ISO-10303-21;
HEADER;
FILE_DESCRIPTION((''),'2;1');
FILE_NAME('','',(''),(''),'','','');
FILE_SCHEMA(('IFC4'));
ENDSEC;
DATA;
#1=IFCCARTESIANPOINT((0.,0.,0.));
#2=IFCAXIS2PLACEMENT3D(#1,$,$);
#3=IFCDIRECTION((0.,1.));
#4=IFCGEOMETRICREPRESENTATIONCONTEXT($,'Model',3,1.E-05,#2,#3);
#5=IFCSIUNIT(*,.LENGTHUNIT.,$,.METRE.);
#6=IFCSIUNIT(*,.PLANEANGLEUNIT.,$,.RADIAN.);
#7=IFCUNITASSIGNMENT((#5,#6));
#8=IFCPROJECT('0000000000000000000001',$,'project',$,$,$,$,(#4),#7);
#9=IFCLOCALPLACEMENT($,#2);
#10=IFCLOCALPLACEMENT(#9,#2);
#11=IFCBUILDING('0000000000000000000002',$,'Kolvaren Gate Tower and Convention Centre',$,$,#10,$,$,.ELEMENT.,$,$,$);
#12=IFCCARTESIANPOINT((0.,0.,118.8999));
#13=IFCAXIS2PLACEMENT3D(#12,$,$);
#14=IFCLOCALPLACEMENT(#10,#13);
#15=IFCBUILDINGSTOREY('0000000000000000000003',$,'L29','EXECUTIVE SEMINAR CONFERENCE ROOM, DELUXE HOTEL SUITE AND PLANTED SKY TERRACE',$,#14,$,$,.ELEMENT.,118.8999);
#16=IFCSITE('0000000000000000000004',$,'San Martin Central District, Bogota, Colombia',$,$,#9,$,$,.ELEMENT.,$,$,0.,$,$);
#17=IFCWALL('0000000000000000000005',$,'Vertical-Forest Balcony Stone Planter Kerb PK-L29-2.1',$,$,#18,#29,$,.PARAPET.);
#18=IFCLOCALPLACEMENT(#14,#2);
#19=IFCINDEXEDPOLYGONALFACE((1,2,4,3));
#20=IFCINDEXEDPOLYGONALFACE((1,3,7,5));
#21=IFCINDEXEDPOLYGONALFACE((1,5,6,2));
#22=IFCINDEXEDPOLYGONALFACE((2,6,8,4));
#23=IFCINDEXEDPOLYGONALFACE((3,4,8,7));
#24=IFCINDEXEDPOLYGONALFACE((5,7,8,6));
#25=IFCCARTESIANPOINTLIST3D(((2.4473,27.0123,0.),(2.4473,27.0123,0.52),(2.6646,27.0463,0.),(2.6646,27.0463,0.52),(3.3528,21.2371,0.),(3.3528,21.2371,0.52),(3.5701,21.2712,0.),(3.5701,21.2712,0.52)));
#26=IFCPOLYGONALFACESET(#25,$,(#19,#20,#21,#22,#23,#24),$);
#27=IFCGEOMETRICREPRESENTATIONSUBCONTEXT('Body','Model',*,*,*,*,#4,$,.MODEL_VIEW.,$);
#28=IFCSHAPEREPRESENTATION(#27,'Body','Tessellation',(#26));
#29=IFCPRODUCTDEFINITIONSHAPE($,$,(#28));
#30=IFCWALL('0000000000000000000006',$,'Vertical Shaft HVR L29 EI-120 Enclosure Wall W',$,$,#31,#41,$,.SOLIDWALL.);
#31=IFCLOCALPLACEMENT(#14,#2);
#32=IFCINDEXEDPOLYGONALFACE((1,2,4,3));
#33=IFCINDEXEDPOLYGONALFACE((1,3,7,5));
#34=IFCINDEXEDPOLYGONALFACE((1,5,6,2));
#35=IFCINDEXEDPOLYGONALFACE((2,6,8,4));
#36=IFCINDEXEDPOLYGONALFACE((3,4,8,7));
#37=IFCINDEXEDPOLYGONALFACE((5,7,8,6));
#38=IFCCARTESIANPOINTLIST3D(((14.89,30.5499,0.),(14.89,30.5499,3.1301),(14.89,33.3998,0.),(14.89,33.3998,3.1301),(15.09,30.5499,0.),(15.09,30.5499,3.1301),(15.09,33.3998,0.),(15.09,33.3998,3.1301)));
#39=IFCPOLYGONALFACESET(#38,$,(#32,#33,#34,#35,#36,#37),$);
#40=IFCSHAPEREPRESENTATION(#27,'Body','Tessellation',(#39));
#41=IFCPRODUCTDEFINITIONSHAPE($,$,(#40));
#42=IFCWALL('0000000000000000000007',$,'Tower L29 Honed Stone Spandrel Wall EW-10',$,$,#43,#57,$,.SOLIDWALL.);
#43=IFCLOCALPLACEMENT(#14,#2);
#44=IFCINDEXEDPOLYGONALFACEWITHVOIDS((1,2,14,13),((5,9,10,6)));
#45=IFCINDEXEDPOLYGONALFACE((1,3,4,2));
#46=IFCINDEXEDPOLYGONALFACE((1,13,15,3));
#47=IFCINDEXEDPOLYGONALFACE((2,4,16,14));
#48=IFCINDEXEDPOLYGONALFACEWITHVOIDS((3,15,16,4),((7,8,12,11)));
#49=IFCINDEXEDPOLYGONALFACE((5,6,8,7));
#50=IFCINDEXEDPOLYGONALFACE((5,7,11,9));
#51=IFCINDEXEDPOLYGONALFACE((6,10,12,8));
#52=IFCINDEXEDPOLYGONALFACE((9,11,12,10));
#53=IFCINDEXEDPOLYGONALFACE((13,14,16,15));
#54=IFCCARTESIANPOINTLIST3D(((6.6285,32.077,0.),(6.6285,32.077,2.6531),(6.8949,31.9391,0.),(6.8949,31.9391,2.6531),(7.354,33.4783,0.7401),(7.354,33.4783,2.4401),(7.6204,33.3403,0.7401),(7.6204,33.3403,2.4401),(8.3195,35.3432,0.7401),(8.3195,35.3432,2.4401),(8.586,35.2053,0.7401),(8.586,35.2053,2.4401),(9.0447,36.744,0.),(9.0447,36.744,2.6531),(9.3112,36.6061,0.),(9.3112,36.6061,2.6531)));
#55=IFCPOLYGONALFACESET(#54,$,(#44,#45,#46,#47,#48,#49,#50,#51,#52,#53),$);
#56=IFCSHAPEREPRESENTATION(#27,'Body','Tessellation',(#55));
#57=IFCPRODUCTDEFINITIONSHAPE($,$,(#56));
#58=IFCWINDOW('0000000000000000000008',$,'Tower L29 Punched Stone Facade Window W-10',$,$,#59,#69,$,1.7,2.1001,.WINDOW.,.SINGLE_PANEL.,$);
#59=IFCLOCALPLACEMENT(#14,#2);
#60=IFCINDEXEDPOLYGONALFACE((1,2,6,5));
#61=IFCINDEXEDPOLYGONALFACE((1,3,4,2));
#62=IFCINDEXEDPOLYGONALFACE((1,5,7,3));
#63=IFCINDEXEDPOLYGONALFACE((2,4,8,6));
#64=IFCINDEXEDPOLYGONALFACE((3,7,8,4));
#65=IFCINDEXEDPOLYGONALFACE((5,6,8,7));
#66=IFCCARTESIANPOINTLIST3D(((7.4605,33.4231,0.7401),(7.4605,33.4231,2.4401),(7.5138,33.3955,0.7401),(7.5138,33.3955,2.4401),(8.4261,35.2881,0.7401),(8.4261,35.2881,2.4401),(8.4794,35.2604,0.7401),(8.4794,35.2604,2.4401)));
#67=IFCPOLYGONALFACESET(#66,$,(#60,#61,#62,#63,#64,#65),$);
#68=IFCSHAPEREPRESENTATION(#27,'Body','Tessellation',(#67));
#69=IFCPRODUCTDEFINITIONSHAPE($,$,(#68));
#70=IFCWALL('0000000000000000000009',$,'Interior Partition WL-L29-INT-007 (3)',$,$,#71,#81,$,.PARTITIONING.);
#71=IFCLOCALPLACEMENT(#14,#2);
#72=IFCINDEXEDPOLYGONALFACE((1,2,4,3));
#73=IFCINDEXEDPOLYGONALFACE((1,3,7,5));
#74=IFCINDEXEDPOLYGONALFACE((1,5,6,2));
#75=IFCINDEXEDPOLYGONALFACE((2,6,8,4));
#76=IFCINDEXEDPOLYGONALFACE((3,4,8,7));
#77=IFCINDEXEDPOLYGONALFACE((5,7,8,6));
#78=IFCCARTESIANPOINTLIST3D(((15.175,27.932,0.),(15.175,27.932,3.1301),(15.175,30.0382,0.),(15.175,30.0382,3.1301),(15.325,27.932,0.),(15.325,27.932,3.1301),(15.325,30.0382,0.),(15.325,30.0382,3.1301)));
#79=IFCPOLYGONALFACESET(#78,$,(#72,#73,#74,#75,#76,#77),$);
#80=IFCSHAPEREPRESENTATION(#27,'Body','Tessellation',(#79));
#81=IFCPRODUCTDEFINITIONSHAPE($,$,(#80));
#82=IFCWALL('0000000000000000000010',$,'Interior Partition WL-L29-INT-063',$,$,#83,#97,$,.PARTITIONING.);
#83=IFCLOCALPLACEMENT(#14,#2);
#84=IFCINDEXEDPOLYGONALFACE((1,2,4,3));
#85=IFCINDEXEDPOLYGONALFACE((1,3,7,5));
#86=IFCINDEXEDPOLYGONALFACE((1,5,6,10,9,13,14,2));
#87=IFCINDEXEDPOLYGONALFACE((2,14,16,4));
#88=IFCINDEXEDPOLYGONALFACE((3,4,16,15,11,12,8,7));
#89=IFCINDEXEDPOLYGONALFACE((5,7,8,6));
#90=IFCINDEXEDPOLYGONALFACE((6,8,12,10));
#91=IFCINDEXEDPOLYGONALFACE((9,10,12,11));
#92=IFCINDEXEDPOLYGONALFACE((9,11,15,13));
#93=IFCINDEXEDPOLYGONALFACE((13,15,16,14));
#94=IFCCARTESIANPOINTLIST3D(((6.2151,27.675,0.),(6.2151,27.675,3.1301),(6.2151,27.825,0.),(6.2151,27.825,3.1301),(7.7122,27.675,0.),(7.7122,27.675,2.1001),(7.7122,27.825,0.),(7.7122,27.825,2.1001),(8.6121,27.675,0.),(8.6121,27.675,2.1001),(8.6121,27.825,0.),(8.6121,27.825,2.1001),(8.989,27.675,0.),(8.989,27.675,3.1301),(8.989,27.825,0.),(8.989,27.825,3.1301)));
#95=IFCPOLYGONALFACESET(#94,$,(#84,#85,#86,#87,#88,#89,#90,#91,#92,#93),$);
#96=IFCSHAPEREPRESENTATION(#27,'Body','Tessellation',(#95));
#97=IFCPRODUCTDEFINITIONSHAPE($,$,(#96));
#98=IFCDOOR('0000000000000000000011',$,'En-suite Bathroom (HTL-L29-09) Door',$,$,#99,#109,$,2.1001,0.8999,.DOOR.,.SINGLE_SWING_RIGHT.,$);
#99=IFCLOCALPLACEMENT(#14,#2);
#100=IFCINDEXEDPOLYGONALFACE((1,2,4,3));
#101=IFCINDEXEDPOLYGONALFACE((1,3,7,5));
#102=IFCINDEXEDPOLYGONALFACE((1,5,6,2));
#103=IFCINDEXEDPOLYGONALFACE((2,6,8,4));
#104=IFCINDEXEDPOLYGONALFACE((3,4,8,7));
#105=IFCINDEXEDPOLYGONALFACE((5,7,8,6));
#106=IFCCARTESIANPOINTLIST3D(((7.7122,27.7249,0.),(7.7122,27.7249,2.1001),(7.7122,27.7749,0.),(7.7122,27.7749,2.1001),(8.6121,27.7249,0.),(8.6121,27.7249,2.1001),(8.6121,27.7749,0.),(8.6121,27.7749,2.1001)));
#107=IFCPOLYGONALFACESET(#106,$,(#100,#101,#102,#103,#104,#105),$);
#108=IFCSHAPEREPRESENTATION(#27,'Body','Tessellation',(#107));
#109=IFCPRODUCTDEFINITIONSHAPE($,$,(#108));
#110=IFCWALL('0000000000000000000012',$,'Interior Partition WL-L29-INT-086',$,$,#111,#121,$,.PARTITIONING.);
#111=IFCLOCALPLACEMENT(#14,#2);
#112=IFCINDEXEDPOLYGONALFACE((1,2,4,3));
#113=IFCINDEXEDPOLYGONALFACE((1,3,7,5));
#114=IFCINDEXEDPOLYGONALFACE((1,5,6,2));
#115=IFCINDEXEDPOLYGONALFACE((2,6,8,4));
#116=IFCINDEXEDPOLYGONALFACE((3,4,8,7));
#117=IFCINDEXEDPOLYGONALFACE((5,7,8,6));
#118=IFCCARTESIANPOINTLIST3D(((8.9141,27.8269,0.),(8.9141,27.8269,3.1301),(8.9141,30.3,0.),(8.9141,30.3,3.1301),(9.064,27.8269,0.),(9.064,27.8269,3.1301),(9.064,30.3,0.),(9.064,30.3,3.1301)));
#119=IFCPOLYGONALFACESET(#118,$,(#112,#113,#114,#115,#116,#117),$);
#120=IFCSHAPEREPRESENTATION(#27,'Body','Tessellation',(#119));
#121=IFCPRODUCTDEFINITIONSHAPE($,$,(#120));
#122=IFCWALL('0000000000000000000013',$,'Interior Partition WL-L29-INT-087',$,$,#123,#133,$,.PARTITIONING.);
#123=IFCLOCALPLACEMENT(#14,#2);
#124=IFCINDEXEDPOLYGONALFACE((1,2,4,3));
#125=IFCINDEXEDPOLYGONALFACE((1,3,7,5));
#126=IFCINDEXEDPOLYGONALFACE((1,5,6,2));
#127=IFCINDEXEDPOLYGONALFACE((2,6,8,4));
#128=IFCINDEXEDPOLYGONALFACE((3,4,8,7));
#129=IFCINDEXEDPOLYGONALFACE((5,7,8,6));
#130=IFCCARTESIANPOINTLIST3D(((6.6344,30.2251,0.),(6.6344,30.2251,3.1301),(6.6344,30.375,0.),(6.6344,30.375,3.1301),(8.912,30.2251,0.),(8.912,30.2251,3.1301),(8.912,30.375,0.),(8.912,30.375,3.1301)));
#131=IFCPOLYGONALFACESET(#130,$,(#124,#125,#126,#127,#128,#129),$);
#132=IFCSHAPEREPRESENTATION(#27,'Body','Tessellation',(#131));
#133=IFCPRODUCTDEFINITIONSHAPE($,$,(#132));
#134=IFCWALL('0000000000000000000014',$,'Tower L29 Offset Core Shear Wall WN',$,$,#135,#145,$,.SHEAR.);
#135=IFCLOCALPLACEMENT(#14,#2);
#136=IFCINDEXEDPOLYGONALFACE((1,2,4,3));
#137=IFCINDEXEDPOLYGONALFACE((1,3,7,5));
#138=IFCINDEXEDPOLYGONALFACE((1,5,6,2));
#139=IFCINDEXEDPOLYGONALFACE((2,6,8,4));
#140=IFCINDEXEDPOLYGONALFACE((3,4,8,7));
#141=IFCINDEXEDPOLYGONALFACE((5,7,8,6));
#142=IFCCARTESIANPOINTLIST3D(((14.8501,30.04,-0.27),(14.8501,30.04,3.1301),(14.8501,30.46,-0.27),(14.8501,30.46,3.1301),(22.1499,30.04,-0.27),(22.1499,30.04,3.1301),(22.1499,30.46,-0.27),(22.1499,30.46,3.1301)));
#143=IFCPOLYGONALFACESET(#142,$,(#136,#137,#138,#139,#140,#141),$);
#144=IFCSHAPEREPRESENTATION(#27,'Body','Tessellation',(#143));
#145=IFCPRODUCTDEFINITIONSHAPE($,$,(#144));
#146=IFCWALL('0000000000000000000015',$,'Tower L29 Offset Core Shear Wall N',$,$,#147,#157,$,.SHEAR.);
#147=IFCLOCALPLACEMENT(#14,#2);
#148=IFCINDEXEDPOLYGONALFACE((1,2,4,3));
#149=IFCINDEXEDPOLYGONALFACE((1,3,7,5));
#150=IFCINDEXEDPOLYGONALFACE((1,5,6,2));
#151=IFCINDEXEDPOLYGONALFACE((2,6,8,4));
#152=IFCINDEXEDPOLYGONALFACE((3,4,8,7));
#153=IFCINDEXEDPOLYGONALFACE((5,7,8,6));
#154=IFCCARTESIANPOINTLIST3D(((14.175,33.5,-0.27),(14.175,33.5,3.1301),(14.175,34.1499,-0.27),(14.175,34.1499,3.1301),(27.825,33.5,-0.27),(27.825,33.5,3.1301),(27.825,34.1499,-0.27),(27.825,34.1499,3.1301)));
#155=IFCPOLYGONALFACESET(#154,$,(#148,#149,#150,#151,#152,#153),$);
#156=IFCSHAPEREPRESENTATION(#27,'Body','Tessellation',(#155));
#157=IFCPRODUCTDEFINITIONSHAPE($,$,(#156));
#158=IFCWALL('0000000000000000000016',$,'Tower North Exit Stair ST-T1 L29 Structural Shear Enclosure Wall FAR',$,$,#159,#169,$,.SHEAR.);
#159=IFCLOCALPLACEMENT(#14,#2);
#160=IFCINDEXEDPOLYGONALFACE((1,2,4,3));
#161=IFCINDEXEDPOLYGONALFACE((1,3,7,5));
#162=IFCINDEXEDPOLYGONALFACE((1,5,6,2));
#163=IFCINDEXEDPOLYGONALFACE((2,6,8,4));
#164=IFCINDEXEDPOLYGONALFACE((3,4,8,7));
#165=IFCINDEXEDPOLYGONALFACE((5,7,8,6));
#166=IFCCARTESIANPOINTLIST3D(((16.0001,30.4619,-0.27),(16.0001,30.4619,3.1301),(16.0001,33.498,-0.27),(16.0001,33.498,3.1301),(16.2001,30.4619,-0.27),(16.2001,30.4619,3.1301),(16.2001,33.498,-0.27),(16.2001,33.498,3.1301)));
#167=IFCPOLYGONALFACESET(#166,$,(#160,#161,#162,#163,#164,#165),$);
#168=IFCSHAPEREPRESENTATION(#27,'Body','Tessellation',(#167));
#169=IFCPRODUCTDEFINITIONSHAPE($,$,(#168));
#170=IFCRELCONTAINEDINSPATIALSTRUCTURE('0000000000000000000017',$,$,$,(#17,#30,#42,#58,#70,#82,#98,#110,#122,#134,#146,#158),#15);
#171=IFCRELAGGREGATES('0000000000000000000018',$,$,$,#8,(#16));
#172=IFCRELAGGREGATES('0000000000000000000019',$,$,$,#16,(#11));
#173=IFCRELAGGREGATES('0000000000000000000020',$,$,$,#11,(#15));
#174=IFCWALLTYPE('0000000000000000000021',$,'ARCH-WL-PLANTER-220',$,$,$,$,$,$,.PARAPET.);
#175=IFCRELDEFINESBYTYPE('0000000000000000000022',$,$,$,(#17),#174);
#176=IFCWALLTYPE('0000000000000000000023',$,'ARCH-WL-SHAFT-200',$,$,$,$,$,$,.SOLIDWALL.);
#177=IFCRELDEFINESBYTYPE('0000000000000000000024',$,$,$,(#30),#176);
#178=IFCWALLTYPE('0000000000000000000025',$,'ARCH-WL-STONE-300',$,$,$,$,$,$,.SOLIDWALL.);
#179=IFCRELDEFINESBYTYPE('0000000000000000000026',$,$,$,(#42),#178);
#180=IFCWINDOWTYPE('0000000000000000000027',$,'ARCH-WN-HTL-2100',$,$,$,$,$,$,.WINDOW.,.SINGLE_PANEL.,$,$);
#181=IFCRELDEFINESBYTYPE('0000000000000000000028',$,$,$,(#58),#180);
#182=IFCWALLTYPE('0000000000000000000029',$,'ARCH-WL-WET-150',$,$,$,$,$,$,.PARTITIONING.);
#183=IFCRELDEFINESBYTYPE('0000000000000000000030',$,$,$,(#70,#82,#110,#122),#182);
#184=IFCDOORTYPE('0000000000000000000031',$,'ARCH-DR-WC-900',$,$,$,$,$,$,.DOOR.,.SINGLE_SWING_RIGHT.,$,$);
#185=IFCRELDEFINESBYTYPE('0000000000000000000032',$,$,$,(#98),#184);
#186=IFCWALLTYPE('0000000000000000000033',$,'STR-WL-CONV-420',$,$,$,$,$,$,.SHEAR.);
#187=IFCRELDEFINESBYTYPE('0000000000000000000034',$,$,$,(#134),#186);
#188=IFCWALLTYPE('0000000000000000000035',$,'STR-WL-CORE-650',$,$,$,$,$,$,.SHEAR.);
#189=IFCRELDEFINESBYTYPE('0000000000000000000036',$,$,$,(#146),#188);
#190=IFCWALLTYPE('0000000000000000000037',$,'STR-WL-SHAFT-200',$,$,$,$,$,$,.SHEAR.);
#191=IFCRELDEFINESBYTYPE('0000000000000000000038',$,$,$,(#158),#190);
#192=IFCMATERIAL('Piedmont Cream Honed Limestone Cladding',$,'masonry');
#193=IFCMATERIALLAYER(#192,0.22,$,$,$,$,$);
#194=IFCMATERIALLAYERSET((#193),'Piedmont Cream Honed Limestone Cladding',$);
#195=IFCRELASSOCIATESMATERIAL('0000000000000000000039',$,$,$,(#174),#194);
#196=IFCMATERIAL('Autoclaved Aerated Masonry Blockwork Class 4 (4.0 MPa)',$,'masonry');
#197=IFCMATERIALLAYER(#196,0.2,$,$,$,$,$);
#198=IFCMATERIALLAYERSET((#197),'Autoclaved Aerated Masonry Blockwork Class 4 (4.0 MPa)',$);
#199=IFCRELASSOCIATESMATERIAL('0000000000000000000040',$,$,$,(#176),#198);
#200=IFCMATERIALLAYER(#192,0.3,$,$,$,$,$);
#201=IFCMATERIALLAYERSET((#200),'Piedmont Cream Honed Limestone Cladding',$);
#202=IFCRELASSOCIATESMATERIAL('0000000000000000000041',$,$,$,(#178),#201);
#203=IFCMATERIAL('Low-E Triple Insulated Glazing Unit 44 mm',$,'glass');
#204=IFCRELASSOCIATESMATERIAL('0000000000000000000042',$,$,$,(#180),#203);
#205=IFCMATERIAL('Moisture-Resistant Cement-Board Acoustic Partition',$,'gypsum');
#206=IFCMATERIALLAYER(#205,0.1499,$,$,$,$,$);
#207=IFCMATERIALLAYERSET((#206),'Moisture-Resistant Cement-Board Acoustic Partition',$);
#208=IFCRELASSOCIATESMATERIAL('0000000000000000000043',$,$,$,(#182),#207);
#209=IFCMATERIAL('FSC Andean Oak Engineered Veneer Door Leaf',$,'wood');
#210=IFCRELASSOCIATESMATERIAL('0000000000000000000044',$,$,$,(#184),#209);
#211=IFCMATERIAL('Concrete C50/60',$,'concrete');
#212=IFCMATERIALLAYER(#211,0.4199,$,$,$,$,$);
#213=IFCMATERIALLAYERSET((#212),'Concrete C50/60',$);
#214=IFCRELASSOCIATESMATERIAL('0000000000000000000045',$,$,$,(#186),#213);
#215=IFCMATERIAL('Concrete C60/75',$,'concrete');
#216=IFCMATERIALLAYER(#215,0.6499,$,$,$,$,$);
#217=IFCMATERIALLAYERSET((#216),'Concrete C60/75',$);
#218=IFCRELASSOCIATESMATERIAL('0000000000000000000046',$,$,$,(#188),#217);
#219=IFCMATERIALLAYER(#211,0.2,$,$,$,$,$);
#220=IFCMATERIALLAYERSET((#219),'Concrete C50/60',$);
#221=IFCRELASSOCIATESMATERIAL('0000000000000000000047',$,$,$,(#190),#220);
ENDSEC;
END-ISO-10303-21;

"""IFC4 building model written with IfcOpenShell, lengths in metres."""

from ifc_helpers import new_model, si_unit, direction, frame, frame_2d, origin, place, context, subcontext, project, spatial, rectangle, extrude, material, layer, layer_set, type_object, element, fill, save


model = new_model("IFC4")

# Units and contexts
model_context = context("Model", 3, precision=1e-05, world=origin(), true_north=direction((0.0, 1.0)))
body_context = subcontext(model_context, "Body", "Model", "MODEL_VIEW")
ifc_project = project(units=[si_unit("LENGTHUNIT", "METRE"), si_unit("PLANEANGLEUNIT", "RADIAN")], contexts=[model_context])

# Site, building, storey
site_placement = place(None, origin())
site = spatial("IfcSite", under=ifc_project, at=site_placement, Name="San Martin Central District, Bogota, Colombia", CompositionType="ELEMENT", RefElevation=0.0)
building_placement = place(site_placement, origin())
building = spatial("IfcBuilding", under=site, at=building_placement, Name="Kolvaren Gate Tower and Convention Centre", CompositionType="ELEMENT")
storey_placement = place(building_placement, frame((0.0, 0.0, 118.8999)))
storey = spatial("IfcBuildingStorey", under=building, at=storey_placement, Name="L29", Description="EXECUTIVE SEMINAR CONFERENCE ROOM, DELUXE HOTEL SUITE AND PLANTED SKY TERRACE", CompositionType="ELEMENT", Elevation=118.8999)

# Shared definitions
ifc_material_1 = material(Name="Concrete C60/75", Category="concrete")

# Shared definitions
ifc_material_2 = material(Name="Autoclaved Aerated Masonry Blockwork Class 4 (4.0 MPa)", Category="masonry")

# Walls
ifc_material_3 = material(Name="Piedmont Cream Honed Limestone Cladding", Category="masonry")
ifc_layer_1 = layer(ifc_material_3, 0.22)
ifc_layer_set_1 = layer_set([ifc_layer_1], Name="Piedmont Cream Honed Limestone Cladding")
wall_type_1 = type_object("IfcWallType", Name="ARCH-WL-PLANTER-220", PredefinedType="PARAPET", material=ifc_layer_set_1)
wall_1_placement = place(storey_placement, frame((2.5559, 27.0293, 0.0), z_axis=(0.0, 0.0, 1.0), x_axis=(0.154903, -0.98793, 0.0)))
element("IfcWall", 1, at=wall_1_placement, inside=storey, type_object=wall_type_1, Name="Vertical-Forest Balcony Stone Planter Kerb PK-L29-2.1", PredefinedType="PARAPET", context=body_context, shape_type="SweptSolid", body=[
    extrude(rectangle(XDim=5.8457, YDim=0.22, at=frame_2d((2.9229, 0.0))), origin(), (0.0, 0.0, 1.0), 0.52),
])
ifc_layer_2 = layer(ifc_material_2, 0.2)
ifc_layer_set_2 = layer_set([ifc_layer_2], Name="Autoclaved Aerated Masonry Blockwork Class 4 (4.0 MPa)")
wall_type_2 = type_object("IfcWallType", Name="ARCH-WL-SHAFT-200", PredefinedType="SOLIDWALL", material=ifc_layer_set_2)
wall_2_placement = place(storey_placement, frame((14.99, 30.55, 0.0), z_axis=(0.0, 0.0, 1.0), x_axis=(0.0, 1.0, 0.0)))
element("IfcWall", 2, at=wall_2_placement, inside=storey, type_object=wall_type_2, Name="Vertical Shaft HVR L29 EI-120 Enclosure Wall W", PredefinedType="SOLIDWALL", context=body_context, shape_type="SweptSolid", body=[
    extrude(rectangle(XDim=2.8499, YDim=0.2, at=frame_2d((1.4248, 0.0))), origin(), (0.0, 0.0, 1.0), 3.1301),
])

# Wall, opening, window
ifc_layer_3 = layer(ifc_material_3, 0.3)
ifc_layer_set_3 = layer_set([ifc_layer_3], Name="Piedmont Cream Honed Limestone Cladding")
wall_type_3 = type_object("IfcWallType", Name="ARCH-WL-STONE-300", PredefinedType="SOLIDWALL", material=ifc_layer_set_3)
wall_3_placement = place(storey_placement, frame((6.7617, 32.0081, 0.0), z_axis=(0.0, 0.0, 1.0), x_axis=(0.459768, 0.888039, 0.0)))
wall_3 = element("IfcWall", 3, at=wall_3_placement, inside=storey, type_object=wall_type_3, Name="Tower L29 Honed Stone Spandrel Wall EW-10", PredefinedType="SOLIDWALL", context=body_context, shape_type="SweptSolid", body=[
    extrude(rectangle(XDim=5.2554, YDim=0.3, at=frame_2d((2.6277, 0.0))), origin(), (0.0, 0.0, 1.0), 2.6531),
])
opening_1_placement = place(wall_3_placement, frame((1.5779, 0.0, 0.74)))
opening_1 = element("IfcOpeningElement", 4, at=opening_1_placement, cuts=wall_3, PredefinedType="OPENING", context=body_context, shape_type="SweptSolid", body=[
    extrude(rectangle(XDim=2.1001, YDim=1.7, at=frame_2d((1.05, 0.8501))), frame((0.0, 0.1599, 0.0), z_axis=(0.0, -1.0, 0.0), x_axis=(1.0, 0.0, 0.0)), (0.0, 0.0, 1.0), 0.3201),
])
ifc_material_4 = material(Name="Low-E Triple Insulated Glazing Unit 44 mm", Category="glass")
window_type = type_object("IfcWindowType", Name="ARCH-WN-HTL-2100", PartitioningType="SINGLE_PANEL", PredefinedType="WINDOW", material=ifc_material_4)
window_placement = place(opening_1_placement, origin())
window = element("IfcWindow", 5, at=window_placement, inside=storey, type_object=window_type, Name="Tower L29 Punched Stone Facade Window W-10", OverallHeight=1.7, OverallWidth=2.1001, PartitioningType="SINGLE_PANEL", PredefinedType="WINDOW", context=body_context, shape_type="SweptSolid", body=[
    extrude(rectangle(XDim=2.1001, YDim=1.7, at=frame_2d((1.05, 0.8501))), frame((0.0, 0.03, 0.0), z_axis=(0.0, -1.0, 0.0), x_axis=(1.0, 0.0, 0.0)), (0.0, 0.0, 1.0), 0.0601),
])
fill(opening_1, window)

# Wall
ifc_material_5 = material(Name="Moisture-Resistant Cement-Board Acoustic Partition", Category="gypsum")
ifc_layer_4 = layer(ifc_material_5, 0.1499)
ifc_layer_set_4 = layer_set([ifc_layer_4], Name="Moisture-Resistant Cement-Board Acoustic Partition")
wall_type_4 = type_object("IfcWallType", Name="ARCH-WL-WET-150", PredefinedType="PARTITIONING", material=ifc_layer_set_4)
wall_4_placement = place(storey_placement, frame((15.25, 27.9319, 0.0), z_axis=(0.0, 0.0, 1.0), x_axis=(0.0, 1.0, 0.0)))
element("IfcWall", 6, at=wall_4_placement, inside=storey, type_object=wall_type_4, Name="Interior Partition WL-L29-INT-007 (3)", PredefinedType="PARTITIONING", context=body_context, shape_type="SweptSolid", body=[
    extrude(rectangle(XDim=2.1062, YDim=0.1499, at=frame_2d((1.0532, 0.0))), origin(), (0.0, 0.0, 1.0), 3.1301),
])

# Wall, opening, door
wall_5_placement = place(storey_placement, frame((6.2151, 27.75, 0.0), z_axis=(0.0, 0.0, 1.0), x_axis=(1.0, 0.0, 0.0)))
wall_5 = element("IfcWall", 7, at=wall_5_placement, inside=storey, type_object=wall_type_4, Name="Interior Partition WL-L29-INT-063", PredefinedType="PARTITIONING", context=body_context, shape_type="SweptSolid", body=[
    extrude(rectangle(XDim=2.7739, YDim=0.1499, at=frame_2d((1.387, 0.0))), origin(), (0.0, 0.0, 1.0), 3.1301),
])
opening_2_placement = place(wall_5_placement, frame((1.4971, 0.0, 0.0)))
opening_2 = element("IfcOpeningElement", 8, at=opening_2_placement, cuts=wall_5, PredefinedType="OPENING", context=body_context, shape_type="SweptSolid", body=[
    extrude(rectangle(XDim=0.8999, YDim=2.1001, at=frame_2d((0.45, 1.05))), frame((0.0, 0.085, 0.0), z_axis=(0.0, -1.0, 0.0), x_axis=(1.0, 0.0, 0.0)), (0.0, 0.0, 1.0), 0.1699),
])
ifc_material_6 = material(Name="FSC Andean Oak Engineered Veneer Door Leaf", Category="wood")
door_type_1 = type_object("IfcDoorType", Name="ARCH-DR-WC-900", OperationType="SINGLE_SWING_RIGHT", PredefinedType="DOOR", material=ifc_material_6)
door_1_placement = place(opening_2_placement, origin())
door_1 = element("IfcDoor", 9, at=door_1_placement, inside=storey, type_object=door_type_1, Name="En-suite Bathroom (HTL-L29-09) Door", OperationType="SINGLE_SWING_RIGHT", OverallHeight=2.1001, OverallWidth=0.8999, PredefinedType="DOOR", context=body_context, shape_type="SweptSolid", body=[
    extrude(rectangle(XDim=0.8999, YDim=2.1001, at=frame_2d((0.45, 1.05))), frame((0.0, 0.0249, 0.0), z_axis=(0.0, -1.0, 0.0), x_axis=(1.0, 0.0, 0.0)), (0.0, 0.0, 1.0), 0.05),
])
fill(opening_2, door_1)

# Walls
wall_6_placement = place(storey_placement, frame((8.989, 27.8269, 0.0), z_axis=(0.0, 0.0, 1.0), x_axis=(0.0, 1.0, 0.0)))
element("IfcWall", 10, at=wall_6_placement, inside=storey, type_object=wall_type_4, Name="Interior Partition WL-L29-INT-086", PredefinedType="PARTITIONING", context=body_context, shape_type="SweptSolid", body=[
    extrude(rectangle(XDim=2.4731, YDim=0.1499, at=frame_2d((1.2366, 0.0))), origin(), (0.0, 0.0, 1.0), 3.1301),
])
wall_7_placement = place(storey_placement, frame((6.6345, 30.3, 0.0), z_axis=(0.0, 0.0, 1.0), x_axis=(1.0, 0.0, 0.0)))
element("IfcWall", 11, at=wall_7_placement, inside=storey, type_object=wall_type_4, Name="Interior Partition WL-L29-INT-087", PredefinedType="PARTITIONING", context=body_context, shape_type="SweptSolid", body=[
    extrude(rectangle(XDim=2.2776, YDim=0.1499, at=frame_2d((1.1387, 0.0))), origin(), (0.0, 0.0, 1.0), 3.1301),
])
ifc_material_7 = material(Name="Concrete C50/60", Category="concrete")
ifc_layer_5 = layer(ifc_material_7, 0.4199)
ifc_layer_set_5 = layer_set([ifc_layer_5], Name="Concrete C50/60")
wall_type_5 = type_object("IfcWallType", Name="STR-WL-CONV-420", PredefinedType="SHEAR", material=ifc_layer_set_5)
wall_8_placement = place(storey_placement, frame((14.8501, 30.25, -0.27), z_axis=(0.0, 0.0, 1.0), x_axis=(1.0, 0.0, 0.0)))
element("IfcWall", 12, at=wall_8_placement, inside=storey, type_object=wall_type_5, Name="Tower L29 Offset Core Shear Wall WN", PredefinedType="SHEAR", context=body_context, shape_type="SweptSolid", body=[
    extrude(rectangle(XDim=7.2998, YDim=0.4199, at=frame_2d((3.6499, 0.0))), origin(), (0.0, 0.0, 1.0), 3.4001),
])
ifc_layer_6 = layer(ifc_material_1, 0.6499)
ifc_layer_set_6 = layer_set([ifc_layer_6], Name="Concrete C60/75")
wall_type_6 = type_object("IfcWallType", Name="STR-WL-CORE-650", PredefinedType="SHEAR", material=ifc_layer_set_6)
wall_9_placement = place(storey_placement, frame((14.175, 33.825, -0.27), z_axis=(0.0, 0.0, 1.0), x_axis=(1.0, 0.0, 0.0)))
element("IfcWall", 13, at=wall_9_placement, inside=storey, type_object=wall_type_6, Name="Tower L29 Offset Core Shear Wall N", PredefinedType="SHEAR", context=body_context, shape_type="SweptSolid", body=[
    extrude(rectangle(XDim=13.6499, YDim=0.6499, at=frame_2d((6.825, 0.0))), origin(), (0.0, 0.0, 1.0), 3.4001),
])
ifc_layer_7 = layer(ifc_material_7, 0.2)
ifc_layer_set_7 = layer_set([ifc_layer_7], Name="Concrete C50/60")
wall_type_7 = type_object("IfcWallType", Name="STR-WL-SHAFT-200", PredefinedType="SHEAR", material=ifc_layer_set_7)
wall_10_placement = place(storey_placement, frame((16.1001, 30.4619, -0.27), z_axis=(0.0, 0.0, 1.0), x_axis=(0.0, 1.0, 0.0)))
element("IfcWall", 14, at=wall_10_placement, inside=storey, type_object=wall_type_7, Name="Tower North Exit Stair ST-T1 L29 Structural Shear Enclosure Wall FAR", PredefinedType="SHEAR", context=body_context, shape_type="SweptSolid", body=[
    extrude(rectangle(XDim=3.0361, YDim=0.2, at=frame_2d((1.5181, 0.0))), origin(), (0.0, 0.0, 1.0), 3.4001),
])

save(model, "model.ifc")
